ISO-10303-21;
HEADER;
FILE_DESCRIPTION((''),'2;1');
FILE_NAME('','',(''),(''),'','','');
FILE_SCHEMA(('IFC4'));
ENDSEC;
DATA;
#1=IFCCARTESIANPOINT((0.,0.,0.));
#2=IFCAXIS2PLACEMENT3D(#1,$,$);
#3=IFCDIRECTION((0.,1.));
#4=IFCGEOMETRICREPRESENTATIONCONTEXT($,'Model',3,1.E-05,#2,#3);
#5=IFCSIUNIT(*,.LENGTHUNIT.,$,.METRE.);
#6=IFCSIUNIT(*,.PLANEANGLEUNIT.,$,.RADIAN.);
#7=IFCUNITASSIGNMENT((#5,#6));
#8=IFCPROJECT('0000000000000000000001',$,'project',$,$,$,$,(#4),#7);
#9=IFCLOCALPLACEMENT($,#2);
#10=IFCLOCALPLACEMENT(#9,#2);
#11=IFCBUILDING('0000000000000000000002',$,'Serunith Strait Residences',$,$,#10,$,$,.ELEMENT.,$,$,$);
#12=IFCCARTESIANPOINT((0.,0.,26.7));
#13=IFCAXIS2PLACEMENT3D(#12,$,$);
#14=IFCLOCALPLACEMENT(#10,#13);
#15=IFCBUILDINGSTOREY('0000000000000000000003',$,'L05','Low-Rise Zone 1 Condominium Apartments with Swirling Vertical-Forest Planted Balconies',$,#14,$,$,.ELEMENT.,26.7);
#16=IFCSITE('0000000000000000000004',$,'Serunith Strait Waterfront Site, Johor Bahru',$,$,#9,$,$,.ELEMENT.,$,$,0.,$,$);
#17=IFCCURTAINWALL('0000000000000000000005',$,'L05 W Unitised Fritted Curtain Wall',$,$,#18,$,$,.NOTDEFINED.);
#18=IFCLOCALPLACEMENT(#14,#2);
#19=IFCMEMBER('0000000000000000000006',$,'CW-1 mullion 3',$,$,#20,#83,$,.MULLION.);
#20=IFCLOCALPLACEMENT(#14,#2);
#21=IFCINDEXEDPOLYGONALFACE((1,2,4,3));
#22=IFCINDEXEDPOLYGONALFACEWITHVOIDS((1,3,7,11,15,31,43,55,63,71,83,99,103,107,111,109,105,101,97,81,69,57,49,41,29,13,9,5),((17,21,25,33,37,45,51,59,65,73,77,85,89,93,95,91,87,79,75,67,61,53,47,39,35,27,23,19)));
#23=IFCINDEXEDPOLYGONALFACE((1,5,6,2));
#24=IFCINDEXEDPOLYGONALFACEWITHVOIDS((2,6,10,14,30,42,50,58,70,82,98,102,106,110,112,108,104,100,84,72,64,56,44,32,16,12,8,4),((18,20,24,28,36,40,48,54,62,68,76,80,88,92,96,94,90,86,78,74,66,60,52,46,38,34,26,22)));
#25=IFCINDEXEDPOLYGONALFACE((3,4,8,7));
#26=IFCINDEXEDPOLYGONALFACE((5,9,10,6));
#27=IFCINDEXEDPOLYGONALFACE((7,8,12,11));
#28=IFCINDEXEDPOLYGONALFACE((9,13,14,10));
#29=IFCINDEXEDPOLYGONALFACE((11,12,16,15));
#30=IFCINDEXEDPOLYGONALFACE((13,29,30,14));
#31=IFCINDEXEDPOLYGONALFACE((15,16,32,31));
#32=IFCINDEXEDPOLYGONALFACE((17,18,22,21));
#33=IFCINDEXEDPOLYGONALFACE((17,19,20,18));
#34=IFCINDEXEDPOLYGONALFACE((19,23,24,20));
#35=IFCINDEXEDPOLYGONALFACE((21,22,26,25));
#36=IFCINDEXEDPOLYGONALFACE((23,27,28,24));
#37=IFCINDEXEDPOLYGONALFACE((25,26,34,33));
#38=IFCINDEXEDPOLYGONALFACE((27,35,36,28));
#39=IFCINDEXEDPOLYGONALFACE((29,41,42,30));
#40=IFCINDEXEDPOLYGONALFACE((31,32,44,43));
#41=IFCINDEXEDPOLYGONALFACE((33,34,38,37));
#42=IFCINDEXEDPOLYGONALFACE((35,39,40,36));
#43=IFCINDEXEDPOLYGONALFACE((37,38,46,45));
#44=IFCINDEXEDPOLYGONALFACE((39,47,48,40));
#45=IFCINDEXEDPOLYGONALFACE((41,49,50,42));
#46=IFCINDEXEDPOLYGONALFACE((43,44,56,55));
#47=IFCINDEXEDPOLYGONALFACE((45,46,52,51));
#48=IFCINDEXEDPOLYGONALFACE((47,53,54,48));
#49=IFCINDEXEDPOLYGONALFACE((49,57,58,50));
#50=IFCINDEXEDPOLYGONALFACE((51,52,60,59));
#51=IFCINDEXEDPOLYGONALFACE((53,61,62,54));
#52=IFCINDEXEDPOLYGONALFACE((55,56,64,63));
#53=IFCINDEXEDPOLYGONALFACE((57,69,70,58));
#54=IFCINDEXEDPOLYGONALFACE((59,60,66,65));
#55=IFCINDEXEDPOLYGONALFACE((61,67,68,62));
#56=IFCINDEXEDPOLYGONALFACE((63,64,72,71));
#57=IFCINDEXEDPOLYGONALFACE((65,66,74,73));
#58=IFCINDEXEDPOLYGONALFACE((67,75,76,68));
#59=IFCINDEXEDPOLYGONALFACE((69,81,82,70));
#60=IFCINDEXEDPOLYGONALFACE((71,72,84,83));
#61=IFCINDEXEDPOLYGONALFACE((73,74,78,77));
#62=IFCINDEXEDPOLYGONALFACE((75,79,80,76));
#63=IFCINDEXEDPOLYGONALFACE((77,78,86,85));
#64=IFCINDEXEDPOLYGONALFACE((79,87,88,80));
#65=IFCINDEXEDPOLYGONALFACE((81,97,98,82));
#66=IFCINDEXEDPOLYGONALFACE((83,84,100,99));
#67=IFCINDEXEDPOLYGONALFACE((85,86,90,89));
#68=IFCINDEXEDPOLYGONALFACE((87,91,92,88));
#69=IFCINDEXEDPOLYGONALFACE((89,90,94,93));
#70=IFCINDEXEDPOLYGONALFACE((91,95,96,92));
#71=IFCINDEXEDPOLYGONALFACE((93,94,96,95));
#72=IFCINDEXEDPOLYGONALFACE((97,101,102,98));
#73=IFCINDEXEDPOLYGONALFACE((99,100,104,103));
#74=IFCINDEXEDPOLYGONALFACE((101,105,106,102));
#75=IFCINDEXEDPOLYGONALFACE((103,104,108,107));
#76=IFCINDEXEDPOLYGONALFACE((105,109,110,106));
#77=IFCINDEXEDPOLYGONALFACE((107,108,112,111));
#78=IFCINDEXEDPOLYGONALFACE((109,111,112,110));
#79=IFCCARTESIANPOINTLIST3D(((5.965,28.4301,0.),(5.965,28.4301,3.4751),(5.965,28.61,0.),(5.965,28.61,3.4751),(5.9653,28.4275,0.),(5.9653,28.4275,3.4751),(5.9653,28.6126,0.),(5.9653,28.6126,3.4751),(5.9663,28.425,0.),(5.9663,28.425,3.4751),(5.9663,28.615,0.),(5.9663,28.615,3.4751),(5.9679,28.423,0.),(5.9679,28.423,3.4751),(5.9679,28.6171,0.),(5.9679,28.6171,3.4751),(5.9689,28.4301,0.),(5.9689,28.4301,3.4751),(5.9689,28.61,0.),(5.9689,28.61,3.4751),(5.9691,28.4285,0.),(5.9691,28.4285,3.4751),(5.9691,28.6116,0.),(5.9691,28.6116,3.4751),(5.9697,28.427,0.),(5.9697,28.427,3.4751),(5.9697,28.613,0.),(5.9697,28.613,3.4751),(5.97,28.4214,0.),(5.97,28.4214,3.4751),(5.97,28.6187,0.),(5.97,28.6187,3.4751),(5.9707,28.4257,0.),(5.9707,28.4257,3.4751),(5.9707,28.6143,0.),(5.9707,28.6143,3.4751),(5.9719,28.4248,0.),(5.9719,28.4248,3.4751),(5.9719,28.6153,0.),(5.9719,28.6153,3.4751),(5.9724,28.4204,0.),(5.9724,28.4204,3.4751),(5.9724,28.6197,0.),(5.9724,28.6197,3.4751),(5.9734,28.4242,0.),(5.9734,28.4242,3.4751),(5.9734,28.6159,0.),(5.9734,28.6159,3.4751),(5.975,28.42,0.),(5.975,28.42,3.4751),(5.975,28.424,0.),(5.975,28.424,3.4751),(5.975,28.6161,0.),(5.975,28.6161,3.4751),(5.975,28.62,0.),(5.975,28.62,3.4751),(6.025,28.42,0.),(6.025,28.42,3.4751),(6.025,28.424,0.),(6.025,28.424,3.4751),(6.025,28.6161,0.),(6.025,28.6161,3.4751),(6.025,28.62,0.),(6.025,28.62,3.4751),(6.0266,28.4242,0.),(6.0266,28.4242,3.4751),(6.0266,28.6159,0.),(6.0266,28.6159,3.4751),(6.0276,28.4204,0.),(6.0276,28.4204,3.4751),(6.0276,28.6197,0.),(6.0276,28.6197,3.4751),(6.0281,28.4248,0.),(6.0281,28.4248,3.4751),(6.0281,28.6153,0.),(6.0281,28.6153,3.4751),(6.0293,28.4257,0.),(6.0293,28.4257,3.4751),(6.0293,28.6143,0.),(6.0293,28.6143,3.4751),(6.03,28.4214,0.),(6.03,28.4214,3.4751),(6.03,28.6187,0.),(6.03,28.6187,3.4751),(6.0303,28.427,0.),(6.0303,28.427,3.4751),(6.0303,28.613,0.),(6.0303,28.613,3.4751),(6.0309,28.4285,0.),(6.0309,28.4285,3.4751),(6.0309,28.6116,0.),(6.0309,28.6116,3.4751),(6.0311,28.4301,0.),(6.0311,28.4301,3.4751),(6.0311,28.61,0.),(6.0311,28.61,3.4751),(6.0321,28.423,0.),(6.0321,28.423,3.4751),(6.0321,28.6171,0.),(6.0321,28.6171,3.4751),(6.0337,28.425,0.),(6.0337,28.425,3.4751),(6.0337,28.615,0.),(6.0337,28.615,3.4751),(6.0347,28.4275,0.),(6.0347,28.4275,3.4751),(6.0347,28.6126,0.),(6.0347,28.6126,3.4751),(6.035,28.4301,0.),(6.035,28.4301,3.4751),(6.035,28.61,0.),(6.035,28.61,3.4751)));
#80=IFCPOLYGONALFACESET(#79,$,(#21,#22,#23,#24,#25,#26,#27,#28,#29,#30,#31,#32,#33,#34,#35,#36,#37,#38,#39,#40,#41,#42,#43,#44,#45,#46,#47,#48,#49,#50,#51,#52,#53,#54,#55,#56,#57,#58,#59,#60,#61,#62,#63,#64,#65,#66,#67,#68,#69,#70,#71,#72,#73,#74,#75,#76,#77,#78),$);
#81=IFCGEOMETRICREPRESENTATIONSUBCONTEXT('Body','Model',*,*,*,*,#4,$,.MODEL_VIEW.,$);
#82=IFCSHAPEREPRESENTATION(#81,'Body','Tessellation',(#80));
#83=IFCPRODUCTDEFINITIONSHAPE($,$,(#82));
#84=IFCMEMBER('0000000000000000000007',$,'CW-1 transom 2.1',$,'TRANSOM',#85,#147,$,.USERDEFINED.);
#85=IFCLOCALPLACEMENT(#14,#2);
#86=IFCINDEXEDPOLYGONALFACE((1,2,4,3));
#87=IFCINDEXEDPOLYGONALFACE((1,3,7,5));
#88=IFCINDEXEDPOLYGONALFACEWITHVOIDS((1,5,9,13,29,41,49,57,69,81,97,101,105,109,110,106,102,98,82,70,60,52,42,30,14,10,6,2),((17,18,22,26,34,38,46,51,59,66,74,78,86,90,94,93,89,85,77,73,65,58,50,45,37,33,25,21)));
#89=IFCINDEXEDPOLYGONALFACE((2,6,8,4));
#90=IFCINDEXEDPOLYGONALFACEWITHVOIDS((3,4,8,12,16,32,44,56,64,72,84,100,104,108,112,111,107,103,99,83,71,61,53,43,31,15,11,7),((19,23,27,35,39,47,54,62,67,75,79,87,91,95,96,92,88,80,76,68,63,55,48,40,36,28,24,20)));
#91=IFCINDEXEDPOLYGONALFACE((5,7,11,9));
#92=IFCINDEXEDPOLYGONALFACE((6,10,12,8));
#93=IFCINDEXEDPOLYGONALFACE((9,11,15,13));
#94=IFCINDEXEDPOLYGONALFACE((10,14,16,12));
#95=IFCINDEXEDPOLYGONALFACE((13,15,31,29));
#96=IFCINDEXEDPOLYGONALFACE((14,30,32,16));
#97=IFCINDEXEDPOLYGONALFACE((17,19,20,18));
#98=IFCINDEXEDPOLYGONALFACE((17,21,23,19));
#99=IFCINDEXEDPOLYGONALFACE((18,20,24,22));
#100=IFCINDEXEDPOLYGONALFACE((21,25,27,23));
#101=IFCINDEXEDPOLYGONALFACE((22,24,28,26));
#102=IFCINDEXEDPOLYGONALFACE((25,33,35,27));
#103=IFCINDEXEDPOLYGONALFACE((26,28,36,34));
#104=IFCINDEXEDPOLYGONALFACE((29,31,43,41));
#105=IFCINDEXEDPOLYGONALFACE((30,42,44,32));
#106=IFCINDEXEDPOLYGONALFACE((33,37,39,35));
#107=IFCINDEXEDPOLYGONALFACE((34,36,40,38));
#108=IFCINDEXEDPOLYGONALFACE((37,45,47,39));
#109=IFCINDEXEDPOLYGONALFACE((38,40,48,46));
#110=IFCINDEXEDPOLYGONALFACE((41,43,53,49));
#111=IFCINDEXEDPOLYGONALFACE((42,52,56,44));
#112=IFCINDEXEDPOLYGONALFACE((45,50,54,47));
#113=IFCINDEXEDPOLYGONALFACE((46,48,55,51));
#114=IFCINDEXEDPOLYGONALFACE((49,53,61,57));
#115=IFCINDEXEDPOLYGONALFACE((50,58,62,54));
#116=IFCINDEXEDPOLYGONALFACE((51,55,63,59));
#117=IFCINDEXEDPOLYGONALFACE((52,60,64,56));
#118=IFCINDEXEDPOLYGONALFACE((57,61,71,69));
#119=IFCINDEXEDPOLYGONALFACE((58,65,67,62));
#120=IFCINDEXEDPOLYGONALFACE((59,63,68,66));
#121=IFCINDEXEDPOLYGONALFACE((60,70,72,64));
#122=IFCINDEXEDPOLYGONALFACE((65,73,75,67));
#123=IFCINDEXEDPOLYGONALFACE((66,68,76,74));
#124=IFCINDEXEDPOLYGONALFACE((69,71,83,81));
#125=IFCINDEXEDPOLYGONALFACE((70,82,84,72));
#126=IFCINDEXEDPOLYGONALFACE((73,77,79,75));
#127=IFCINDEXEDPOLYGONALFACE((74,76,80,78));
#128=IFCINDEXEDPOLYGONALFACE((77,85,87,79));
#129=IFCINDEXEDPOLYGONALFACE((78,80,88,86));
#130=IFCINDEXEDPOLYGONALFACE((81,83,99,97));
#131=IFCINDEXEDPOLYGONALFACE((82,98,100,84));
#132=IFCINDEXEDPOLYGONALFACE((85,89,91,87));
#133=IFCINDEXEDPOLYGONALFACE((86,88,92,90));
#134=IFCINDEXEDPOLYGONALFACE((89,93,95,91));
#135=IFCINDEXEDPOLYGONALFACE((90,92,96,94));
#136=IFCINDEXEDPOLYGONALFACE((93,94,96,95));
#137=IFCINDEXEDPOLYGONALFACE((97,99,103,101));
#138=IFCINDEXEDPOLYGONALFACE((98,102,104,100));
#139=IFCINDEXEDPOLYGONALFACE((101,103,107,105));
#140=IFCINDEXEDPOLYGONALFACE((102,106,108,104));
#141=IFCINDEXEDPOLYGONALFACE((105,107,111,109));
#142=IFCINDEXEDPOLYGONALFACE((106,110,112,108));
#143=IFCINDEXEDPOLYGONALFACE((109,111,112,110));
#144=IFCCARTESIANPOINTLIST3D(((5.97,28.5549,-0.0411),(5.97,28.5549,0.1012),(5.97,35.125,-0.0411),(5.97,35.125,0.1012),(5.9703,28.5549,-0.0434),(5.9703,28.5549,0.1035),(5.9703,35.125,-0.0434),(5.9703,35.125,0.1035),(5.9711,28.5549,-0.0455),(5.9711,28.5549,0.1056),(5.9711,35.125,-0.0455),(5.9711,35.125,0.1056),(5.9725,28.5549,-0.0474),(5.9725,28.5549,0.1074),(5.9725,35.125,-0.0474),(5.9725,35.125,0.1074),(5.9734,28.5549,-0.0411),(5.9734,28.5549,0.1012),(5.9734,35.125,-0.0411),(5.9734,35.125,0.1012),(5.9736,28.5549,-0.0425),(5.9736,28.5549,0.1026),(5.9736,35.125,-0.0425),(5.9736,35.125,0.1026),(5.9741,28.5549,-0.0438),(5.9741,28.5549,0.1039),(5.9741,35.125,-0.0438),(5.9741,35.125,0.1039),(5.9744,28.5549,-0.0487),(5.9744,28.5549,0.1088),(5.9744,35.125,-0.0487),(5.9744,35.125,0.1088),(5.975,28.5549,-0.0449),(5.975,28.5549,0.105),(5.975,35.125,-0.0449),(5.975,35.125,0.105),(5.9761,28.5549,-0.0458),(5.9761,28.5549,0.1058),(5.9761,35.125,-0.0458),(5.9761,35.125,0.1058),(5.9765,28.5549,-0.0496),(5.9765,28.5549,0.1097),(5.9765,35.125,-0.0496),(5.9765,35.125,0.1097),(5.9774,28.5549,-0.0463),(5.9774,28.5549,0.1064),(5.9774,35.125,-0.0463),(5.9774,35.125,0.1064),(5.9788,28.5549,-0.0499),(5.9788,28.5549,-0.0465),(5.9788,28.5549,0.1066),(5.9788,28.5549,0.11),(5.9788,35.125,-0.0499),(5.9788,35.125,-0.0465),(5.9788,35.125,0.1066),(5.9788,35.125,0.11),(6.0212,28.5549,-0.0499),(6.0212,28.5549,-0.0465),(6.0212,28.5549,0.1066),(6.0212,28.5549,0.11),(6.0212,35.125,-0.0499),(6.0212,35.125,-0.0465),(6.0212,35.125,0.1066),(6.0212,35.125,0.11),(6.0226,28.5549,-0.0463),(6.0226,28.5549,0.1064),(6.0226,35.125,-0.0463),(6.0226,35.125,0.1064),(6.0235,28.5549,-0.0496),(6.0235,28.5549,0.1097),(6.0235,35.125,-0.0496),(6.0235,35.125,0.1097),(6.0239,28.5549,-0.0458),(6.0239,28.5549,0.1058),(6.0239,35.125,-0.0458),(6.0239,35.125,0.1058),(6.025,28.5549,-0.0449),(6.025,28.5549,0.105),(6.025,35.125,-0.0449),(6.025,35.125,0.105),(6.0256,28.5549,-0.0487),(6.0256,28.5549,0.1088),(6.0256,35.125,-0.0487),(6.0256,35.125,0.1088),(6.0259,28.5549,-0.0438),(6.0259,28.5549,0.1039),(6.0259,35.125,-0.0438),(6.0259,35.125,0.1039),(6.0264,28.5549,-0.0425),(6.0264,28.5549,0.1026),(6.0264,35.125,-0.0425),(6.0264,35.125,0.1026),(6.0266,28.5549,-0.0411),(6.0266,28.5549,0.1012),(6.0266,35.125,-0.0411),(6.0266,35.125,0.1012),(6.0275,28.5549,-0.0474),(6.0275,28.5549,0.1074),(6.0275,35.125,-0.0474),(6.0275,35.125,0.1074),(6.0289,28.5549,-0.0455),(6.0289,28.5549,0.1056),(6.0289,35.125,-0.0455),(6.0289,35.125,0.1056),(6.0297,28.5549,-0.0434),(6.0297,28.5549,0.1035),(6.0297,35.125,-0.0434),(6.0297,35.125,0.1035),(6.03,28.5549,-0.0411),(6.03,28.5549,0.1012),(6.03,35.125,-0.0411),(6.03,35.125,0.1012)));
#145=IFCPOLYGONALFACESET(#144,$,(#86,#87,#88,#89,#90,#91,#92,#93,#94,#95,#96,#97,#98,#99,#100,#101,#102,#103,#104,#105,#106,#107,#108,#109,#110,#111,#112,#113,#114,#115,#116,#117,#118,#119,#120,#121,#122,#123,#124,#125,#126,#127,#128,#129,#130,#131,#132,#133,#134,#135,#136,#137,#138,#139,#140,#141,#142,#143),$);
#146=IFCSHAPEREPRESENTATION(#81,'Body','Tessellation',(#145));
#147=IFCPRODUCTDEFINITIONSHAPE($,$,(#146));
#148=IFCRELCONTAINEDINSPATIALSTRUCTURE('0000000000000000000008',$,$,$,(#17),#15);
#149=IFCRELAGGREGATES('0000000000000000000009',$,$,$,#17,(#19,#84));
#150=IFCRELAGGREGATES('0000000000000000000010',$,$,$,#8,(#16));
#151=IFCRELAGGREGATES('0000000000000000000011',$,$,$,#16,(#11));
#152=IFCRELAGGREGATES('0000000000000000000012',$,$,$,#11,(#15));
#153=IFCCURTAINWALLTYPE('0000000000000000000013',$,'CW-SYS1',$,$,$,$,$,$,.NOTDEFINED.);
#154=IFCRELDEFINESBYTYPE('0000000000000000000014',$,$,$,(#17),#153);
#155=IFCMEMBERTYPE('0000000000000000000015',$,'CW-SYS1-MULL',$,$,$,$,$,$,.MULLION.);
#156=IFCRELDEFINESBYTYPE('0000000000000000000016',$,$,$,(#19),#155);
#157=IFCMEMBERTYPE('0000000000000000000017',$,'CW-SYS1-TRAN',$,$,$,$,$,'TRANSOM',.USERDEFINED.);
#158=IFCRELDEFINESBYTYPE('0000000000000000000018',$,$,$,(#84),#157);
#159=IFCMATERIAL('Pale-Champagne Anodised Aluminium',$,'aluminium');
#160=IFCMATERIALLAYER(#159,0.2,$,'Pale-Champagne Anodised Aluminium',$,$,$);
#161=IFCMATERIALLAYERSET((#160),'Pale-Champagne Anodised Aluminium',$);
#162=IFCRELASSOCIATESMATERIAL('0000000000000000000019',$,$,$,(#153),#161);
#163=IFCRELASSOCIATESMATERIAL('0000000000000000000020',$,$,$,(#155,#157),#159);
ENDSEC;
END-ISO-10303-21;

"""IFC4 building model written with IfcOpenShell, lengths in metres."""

from ifc_helpers import new_model, si_unit, direction, frame, origin, origin_2d, place, context, subcontext, project, spatial, hollow_rectangle, extrude, source, transform, mapped, material, layer, layer_set, material_profile, profile_set, type_object, element, aggregate, save


model = new_model("IFC4")

# Units and contexts
model_context = context("Model", 3, precision=1e-05, world=origin(), true_north=direction((0.0, 1.0)))
body_context = subcontext(model_context, "Body", "Model", "MODEL_VIEW")
ifc_project = project(units=[si_unit("LENGTHUNIT", "METRE"), si_unit("PLANEANGLEUNIT", "RADIAN")], contexts=[model_context])

# Site, building, storey
site_placement = place(None, origin())
site = spatial("IfcSite", under=ifc_project, at=site_placement, Name="Serunith Strait Waterfront Site, Johor Bahru", CompositionType="ELEMENT", RefElevation=0.0)
building_placement = place(site_placement, origin())
building = spatial("IfcBuilding", under=site, at=building_placement, Name="Serunith Strait Residences", CompositionType="ELEMENT")
storey_placement = place(building_placement, frame((0.0, 0.0, 26.7)))
storey = spatial("IfcBuildingStorey", under=building, at=storey_placement, Name="L05", Description="Low-Rise Zone 1 Condominium Apartments with Swirling Vertical-Forest Planted Balconies", CompositionType="ELEMENT", Elevation=26.7)

# Curtain wall, members
ifc_material_1 = material(Name="Pale-Champagne Anodised Aluminium", Category="aluminium")
ifc_layer_1 = layer(ifc_material_1, 0.2, Name="Pale-Champagne Anodised Aluminium")
ifc_layer_set_1 = layer_set([ifc_layer_1], Name="Pale-Champagne Anodised Aluminium")
curtain_wall_type = type_object("IfcCurtainWallType", Name="CW-SYS1", PredefinedType="NOTDEFINED", material=ifc_layer_set_1)
curtain_wall_placement = place(storey_placement, origin())
curtain_wall = element("IfcCurtainWall", 1, at=curtain_wall_placement, inside=storey, type_object=curtain_wall_type, Name="L05 W Unitised Fritted Curtain Wall", PredefinedType="NOTDEFINED")
ifc_material_profile_1 = material_profile(ifc_material_1, hollow_rectangle(XDim=0.0701, YDim=0.2, WallThickness=0.0039, InnerFilletRadius=0.0061, OuterFilletRadius=0.01, at=origin_2d()), Name="ALU 200x70x4")
ifc_profile_set_1 = profile_set([ifc_material_profile_1], Name="Pale-Champagne Anodised Aluminium")
member_type_1 = type_object("IfcMemberType", Name="CW-SYS1-MULL", PredefinedType="MULLION", material=ifc_profile_set_1)
shared_shape_1 = source(origin(), body_context, "Body", "SweptSolid", [
    extrude(hollow_rectangle(XDim=0.0701, YDim=0.2, WallThickness=0.0039, InnerFilletRadius=0.0061, OuterFilletRadius=0.01, at=origin_2d()), origin(), (0.0, 0.0, 1.0), 3.4751),
])
member_1_placement = place(storey_placement, frame((6.0, 28.52, 0.0), z_axis=(0.0, 0.0, 1.0), x_axis=(1.0, 0.0, 0.0)))
member_1 = element("IfcMember", 2, at=member_1_placement, type_object=member_type_1, Name="CW-1 mullion 3", PredefinedType="MULLION", context=body_context, shape_type="MappedRepresentation", body=[
    mapped(shared_shape_1, transform((0.0, 0.0, 0.0), scale=1.0)),
])
ifc_material_profile_2 = material_profile(ifc_material_1, hollow_rectangle(XDim=0.0601, YDim=0.1599, WallThickness=0.0034, InnerFilletRadius=0.0054, OuterFilletRadius=0.0088, at=origin_2d()), Name="ALU 160x60x3.5")
ifc_profile_set_2 = profile_set([ifc_material_profile_2], Name="Pale-Champagne Anodised Aluminium")
member_type_2 = type_object("IfcMemberType", Name="CW-SYS1-TRAN", ElementType="TRANSOM", PredefinedType="USERDEFINED", material=ifc_profile_set_2)
shared_shape_2 = source(origin(), body_context, "Body", "SweptSolid", [
    extrude(hollow_rectangle(XDim=0.0601, YDim=0.1599, WallThickness=0.0034, InnerFilletRadius=0.0054, OuterFilletRadius=0.0088, at=origin_2d()), origin(), (0.0, 0.0, 1.0), 6.5701),
])
member_2_placement = place(storey_placement, frame((6.0, 35.125, 0.03), z_axis=(0.0, -1.0, 0.0), x_axis=(1.0, 0.0, 0.0)))
member_2 = element("IfcMember", 3, at=member_2_placement, type_object=member_type_2, Name="CW-1 transom 2.1", ObjectType="TRANSOM", PredefinedType="USERDEFINED", context=body_context, shape_type="MappedRepresentation", body=[
    mapped(shared_shape_2, transform((0.0, 0.0, 0.0), scale=1.0)),
])
aggregate(curtain_wall, [member_1, member_2])

save(model, "model.ifc")
